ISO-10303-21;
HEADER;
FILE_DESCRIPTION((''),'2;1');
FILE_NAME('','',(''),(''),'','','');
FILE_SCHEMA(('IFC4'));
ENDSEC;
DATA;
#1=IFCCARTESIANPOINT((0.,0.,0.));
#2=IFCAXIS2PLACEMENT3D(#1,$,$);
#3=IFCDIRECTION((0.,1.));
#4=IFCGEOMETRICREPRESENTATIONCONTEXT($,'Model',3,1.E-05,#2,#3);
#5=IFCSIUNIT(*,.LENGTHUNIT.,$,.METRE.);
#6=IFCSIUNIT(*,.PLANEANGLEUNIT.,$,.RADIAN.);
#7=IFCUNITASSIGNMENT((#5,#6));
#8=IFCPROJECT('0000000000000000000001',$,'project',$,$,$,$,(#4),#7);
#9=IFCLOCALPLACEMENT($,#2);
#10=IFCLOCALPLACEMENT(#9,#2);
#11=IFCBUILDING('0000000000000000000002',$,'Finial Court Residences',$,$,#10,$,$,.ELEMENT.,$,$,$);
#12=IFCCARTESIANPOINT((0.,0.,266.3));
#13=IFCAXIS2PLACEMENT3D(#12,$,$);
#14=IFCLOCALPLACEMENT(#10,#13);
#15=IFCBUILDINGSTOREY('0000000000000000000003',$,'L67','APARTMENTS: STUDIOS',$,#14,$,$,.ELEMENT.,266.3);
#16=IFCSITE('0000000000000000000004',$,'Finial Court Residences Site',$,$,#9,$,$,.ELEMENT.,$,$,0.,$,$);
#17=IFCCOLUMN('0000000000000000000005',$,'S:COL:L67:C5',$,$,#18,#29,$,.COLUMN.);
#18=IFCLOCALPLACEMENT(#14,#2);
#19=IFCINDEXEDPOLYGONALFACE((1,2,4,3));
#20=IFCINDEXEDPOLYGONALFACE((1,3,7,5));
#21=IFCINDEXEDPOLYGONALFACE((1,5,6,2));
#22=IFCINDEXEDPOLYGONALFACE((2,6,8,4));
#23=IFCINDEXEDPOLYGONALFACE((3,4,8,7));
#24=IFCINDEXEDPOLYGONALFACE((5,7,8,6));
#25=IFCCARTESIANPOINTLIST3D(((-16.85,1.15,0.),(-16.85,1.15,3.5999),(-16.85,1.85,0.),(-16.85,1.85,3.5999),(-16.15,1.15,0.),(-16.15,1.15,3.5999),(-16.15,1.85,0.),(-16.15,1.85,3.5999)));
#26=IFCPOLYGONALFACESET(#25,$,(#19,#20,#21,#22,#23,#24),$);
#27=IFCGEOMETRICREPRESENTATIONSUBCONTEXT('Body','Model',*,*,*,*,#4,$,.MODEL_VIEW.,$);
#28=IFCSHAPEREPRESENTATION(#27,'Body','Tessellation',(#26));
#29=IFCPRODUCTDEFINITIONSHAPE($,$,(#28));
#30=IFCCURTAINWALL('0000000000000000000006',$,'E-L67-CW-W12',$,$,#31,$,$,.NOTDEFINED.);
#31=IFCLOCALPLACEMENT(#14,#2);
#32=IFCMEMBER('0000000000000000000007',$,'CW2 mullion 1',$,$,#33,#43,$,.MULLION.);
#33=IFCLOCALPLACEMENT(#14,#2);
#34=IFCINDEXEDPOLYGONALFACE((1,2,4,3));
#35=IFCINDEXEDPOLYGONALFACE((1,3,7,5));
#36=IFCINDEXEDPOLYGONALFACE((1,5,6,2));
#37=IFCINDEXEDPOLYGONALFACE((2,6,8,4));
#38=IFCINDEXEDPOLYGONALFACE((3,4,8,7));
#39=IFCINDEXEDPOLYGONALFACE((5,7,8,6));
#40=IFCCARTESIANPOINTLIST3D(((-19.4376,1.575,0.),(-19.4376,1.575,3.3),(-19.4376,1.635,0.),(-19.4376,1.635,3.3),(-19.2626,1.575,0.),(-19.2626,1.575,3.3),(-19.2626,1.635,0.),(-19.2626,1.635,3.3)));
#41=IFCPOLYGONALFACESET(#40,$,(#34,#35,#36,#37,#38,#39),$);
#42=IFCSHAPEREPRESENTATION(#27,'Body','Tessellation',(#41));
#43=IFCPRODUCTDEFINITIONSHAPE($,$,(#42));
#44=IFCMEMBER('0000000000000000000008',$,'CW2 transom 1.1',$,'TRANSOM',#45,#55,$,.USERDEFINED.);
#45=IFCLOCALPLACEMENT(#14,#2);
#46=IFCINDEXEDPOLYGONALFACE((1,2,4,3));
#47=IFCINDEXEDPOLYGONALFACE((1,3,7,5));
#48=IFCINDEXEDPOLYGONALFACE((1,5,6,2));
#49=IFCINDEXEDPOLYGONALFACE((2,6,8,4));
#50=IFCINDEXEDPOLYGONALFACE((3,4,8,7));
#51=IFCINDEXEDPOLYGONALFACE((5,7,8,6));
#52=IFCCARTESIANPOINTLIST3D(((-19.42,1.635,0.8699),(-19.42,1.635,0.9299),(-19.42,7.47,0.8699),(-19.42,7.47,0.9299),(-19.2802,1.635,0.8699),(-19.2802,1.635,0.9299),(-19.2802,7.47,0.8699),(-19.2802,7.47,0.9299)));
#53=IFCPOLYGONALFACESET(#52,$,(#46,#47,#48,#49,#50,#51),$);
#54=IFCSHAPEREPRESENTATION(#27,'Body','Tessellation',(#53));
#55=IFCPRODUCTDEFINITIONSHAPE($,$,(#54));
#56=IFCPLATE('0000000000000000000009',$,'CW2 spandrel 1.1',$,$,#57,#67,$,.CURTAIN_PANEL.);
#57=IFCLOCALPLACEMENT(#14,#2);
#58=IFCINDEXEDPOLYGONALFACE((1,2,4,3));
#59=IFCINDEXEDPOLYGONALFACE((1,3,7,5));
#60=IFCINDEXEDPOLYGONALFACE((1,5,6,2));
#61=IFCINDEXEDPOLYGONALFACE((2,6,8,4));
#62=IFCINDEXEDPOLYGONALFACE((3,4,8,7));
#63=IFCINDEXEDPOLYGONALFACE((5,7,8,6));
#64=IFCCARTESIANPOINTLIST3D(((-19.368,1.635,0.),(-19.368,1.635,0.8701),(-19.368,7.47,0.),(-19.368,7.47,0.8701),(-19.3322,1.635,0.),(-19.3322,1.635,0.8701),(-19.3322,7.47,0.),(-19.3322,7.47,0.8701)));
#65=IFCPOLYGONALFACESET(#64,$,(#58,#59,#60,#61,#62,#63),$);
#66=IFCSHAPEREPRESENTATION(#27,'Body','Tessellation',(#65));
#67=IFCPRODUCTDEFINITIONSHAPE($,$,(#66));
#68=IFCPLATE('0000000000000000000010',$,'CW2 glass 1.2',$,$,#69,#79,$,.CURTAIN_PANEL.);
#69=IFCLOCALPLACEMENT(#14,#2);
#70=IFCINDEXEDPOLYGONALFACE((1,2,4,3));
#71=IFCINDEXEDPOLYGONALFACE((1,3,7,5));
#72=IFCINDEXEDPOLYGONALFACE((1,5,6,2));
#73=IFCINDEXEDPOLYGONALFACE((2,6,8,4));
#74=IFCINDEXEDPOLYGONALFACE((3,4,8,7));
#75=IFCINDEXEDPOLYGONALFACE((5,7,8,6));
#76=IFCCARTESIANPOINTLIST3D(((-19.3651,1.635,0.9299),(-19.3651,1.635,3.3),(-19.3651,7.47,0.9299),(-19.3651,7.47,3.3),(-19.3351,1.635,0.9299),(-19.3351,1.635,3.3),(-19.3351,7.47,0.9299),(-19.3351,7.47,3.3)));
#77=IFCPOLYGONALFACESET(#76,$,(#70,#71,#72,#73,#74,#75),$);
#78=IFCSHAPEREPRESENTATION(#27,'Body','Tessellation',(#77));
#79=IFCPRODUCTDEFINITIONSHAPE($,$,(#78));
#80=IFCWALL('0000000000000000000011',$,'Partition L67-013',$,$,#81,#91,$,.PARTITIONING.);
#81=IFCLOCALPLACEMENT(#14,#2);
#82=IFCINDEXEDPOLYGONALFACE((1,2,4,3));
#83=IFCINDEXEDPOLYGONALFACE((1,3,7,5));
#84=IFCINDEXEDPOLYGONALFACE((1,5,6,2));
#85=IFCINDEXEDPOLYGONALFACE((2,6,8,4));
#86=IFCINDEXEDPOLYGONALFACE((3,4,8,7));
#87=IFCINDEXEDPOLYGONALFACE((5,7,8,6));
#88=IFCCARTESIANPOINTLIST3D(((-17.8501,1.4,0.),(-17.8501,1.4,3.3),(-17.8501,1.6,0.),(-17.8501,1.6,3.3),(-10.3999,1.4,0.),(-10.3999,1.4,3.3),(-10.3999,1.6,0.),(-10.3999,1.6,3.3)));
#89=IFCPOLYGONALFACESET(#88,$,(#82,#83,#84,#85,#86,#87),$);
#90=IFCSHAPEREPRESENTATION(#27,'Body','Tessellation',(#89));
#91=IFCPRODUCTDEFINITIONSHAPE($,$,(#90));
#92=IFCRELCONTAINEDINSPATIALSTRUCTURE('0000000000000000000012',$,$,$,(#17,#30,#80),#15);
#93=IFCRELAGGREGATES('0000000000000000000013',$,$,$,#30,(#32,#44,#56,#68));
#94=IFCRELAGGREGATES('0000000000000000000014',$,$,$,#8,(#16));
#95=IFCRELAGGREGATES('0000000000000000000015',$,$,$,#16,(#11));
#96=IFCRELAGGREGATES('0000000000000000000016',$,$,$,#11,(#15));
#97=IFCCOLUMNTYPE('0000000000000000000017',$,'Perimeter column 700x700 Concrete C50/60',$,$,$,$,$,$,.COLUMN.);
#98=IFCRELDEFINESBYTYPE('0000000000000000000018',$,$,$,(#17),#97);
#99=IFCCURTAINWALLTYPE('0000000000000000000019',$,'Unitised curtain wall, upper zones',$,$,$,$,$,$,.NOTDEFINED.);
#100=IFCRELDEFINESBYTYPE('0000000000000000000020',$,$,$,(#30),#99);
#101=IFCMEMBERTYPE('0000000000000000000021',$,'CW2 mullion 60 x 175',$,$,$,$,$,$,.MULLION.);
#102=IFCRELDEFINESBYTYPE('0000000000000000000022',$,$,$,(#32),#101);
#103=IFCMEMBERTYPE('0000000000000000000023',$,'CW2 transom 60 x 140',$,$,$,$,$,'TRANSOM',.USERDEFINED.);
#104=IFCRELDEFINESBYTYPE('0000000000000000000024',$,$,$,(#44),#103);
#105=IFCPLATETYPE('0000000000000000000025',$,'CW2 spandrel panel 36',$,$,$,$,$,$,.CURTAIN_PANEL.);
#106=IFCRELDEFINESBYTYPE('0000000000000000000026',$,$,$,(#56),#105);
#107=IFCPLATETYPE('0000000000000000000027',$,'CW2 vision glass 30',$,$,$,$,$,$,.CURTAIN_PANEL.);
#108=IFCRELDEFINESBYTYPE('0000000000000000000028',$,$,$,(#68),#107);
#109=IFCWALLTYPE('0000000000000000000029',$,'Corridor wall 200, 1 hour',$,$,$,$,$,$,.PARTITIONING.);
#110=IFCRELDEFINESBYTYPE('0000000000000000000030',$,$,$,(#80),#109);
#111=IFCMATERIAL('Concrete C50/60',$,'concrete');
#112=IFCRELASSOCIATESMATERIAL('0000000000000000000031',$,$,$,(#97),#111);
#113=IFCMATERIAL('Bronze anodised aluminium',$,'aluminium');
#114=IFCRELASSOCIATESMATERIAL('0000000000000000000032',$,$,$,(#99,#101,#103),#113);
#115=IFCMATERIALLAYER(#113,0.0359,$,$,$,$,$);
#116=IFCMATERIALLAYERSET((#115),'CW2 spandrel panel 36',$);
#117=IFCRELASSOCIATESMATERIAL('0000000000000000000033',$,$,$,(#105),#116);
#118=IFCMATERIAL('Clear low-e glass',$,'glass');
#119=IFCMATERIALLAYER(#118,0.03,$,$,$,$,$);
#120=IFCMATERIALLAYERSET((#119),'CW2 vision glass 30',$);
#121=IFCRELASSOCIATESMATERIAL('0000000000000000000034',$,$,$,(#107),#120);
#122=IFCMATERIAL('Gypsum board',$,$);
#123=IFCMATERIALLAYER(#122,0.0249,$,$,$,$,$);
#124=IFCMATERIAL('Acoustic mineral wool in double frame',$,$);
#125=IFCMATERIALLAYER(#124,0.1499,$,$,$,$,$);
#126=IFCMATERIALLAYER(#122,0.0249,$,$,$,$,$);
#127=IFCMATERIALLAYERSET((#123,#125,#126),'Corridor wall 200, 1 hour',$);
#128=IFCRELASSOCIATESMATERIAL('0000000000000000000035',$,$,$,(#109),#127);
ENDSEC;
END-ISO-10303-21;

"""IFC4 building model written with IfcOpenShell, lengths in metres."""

from ifc_helpers import new_model, si_unit, direction, frame, frame_2d, origin, origin_2d, place, context, subcontext, project, spatial, rectangle, extrude, material, layer, layer_set, material_profile, profile_set, type_object, element, aggregate, save


model = new_model("IFC4")

# Units and contexts
model_context = context("Model", 3, precision=1e-05, world=origin(), true_north=direction((0.0, 1.0)))
body_context = subcontext(model_context, "Body", "Model", "MODEL_VIEW")
ifc_project = project(units=[si_unit("LENGTHUNIT", "METRE"), si_unit("PLANEANGLEUNIT", "RADIAN")], contexts=[model_context])

# Site, building, storey
site_placement = place(None, origin())
site = spatial("IfcSite", under=ifc_project, at=site_placement, Name="Finial Court Residences Site", CompositionType="ELEMENT", RefElevation=0.0)
building_placement = place(site_placement, origin())
building = spatial("IfcBuilding", under=site, at=building_placement, Name="Finial Court Residences", CompositionType="ELEMENT")
storey_placement = place(building_placement, frame((0.0, 0.0, 266.3)))
storey = spatial("IfcBuildingStorey", under=building, at=storey_placement, Name="L67", Description="APARTMENTS: STUDIOS", CompositionType="ELEMENT", Elevation=266.3)

# Column
ifc_material_1 = material(Name="Concrete C50/60", Category="concrete")
ifc_material_profile_1 = material_profile(ifc_material_1, rectangle(XDim=0.7, YDim=0.7, at=origin_2d()), Name="700x700")
ifc_profile_set_1 = profile_set([ifc_material_profile_1], Name="Concrete C50/60")
column_type = type_object("IfcColumnType", Name="Perimeter column 700x700 Concrete C50/60", PredefinedType="COLUMN", material=ifc_profile_set_1)
column_placement = place(storey_placement, frame((-16.5, 1.5, 0.0), z_axis=(0.0, 0.0, 1.0), x_axis=(1.0, 0.0, 0.0)))
element("IfcColumn", 1, at=column_placement, inside=storey, type_object=column_type, Name="S:COL:L67:C5", PredefinedType="COLUMN", context=body_context, shape_type="SweptSolid", body=[
    extrude(rectangle(XDim=0.7, YDim=0.7, at=origin_2d()), origin(), (0.0, 0.0, 1.0), 3.5999),
])

# Curtain wall, members, plates
ifc_material_2 = material(Name="Bronze anodised aluminium", Category="aluminium")
curtain_wall_type = type_object("IfcCurtainWallType", Name="Unitised curtain wall, upper zones", PredefinedType="NOTDEFINED", material=ifc_material_2)
curtain_wall_placement = place(storey_placement, origin())
curtain_wall = element("IfcCurtainWall", 2, at=curtain_wall_placement, inside=storey, type_object=curtain_wall_type, Name="E-L67-CW-W12", PredefinedType="NOTDEFINED")
ifc_material_profile_2 = material_profile(ifc_material_2, rectangle(XDim=0.175, YDim=0.0601, at=origin_2d()), Name="CW2 mullion 60 x 175")
ifc_profile_set_2 = profile_set([ifc_material_profile_2], Name="Bronze anodised aluminium")
member_type_1 = type_object("IfcMemberType", Name="CW2 mullion 60 x 175", PredefinedType="MULLION", material=ifc_profile_set_2)
member_1_placement = place(storey_placement, frame((-19.3501, 1.605, 0.0), z_axis=(0.0, 0.0, 1.0), x_axis=(-1.0, 0.0, 0.0)))
member_1 = element("IfcMember", 3, at=member_1_placement, type_object=member_type_1, Name="CW2 mullion 1", PredefinedType="MULLION", context=body_context, shape_type="SweptSolid", body=[
    extrude(rectangle(XDim=0.175, YDim=0.0601, at=origin_2d()), origin(), (0.0, 0.0, 1.0), 3.3),
])
ifc_material_profile_3 = material_profile(ifc_material_2, rectangle(XDim=0.1399, YDim=0.0601, at=origin_2d()), Name="CW2 transom 60 x 140")
ifc_profile_set_3 = profile_set([ifc_material_profile_3], Name="Bronze anodised aluminium")
member_type_2 = type_object("IfcMemberType", Name="CW2 transom 60 x 140", ElementType="TRANSOM", PredefinedType="USERDEFINED", material=ifc_profile_set_3)
member_2_placement = place(storey_placement, frame((-19.3501, 1.635, 0.8999), z_axis=(0.0, 1.0, 0.0), x_axis=(-1.0, 0.0, 0.0)))
member_2 = element("IfcMember", 4, at=member_2_placement, type_object=member_type_2, Name="CW2 transom 1.1", ObjectType="TRANSOM", PredefinedType="USERDEFINED", context=body_context, shape_type="SweptSolid", body=[
    extrude(rectangle(XDim=0.1399, YDim=0.0601, at=origin_2d()), origin(), (0.0, 0.0, 1.0), 5.835),
])
ifc_layer_1 = layer(ifc_material_2, 0.0359)
ifc_layer_set_1 = layer_set([ifc_layer_1], Name="CW2 spandrel panel 36")
plate_type_1 = type_object("IfcPlateType", Name="CW2 spandrel panel 36", PredefinedType="CURTAIN_PANEL", material=ifc_layer_set_1)
plate_1_placement = place(storey_placement, frame((-19.3501, 4.5525, 0.0), z_axis=(0.0, 0.0, 1.0), x_axis=(0.0, 1.0, 0.0)))
plate_1 = element("IfcPlate", 5, at=plate_1_placement, type_object=plate_type_1, Name="CW2 spandrel 1.1", PredefinedType="CURTAIN_PANEL", context=body_context, shape_type="SweptSolid", body=[
    extrude(rectangle(XDim=5.835, YDim=0.0359, at=origin_2d()), origin(), (0.0, 0.0, 1.0), 0.8701),
])
ifc_material_3 = material(Name="Clear low-e glass", Category="glass")
ifc_layer_2 = layer(ifc_material_3, 0.03)
ifc_layer_set_2 = layer_set([ifc_layer_2], Name="CW2 vision glass 30")
plate_type_2 = type_object("IfcPlateType", Name="CW2 vision glass 30", PredefinedType="CURTAIN_PANEL", material=ifc_layer_set_2)
plate_2_placement = place(storey_placement, frame((-19.3501, 4.5525, 0.9299), z_axis=(0.0, 0.0, 1.0), x_axis=(0.0, 1.0, 0.0)))
plate_2 = element("IfcPlate", 6, at=plate_2_placement, type_object=plate_type_2, Name="CW2 glass 1.2", PredefinedType="CURTAIN_PANEL", context=body_context, shape_type="SweptSolid", body=[
    extrude(rectangle(XDim=5.835, YDim=0.03, at=origin_2d()), origin(), (0.0, 0.0, 1.0), 2.3701),
])
aggregate(curtain_wall, [member_1, member_2, plate_1, plate_2])

# Wall
ifc_material_4 = material(Name="Gypsum board")
ifc_layer_3 = layer(ifc_material_4, 0.0249)
ifc_material_5 = material(Name="Acoustic mineral wool in double frame")
ifc_layer_4 = layer(ifc_material_5, 0.1499)
ifc_layer_5 = layer(ifc_material_4, 0.0249)
ifc_layer_set_3 = layer_set([ifc_layer_3, ifc_layer_4, ifc_layer_5], Name="Corridor wall 200, 1 hour")
wall_type_1 = type_object("IfcWallType", Name="Corridor wall 200, 1 hour", PredefinedType="PARTITIONING", material=ifc_layer_set_3)
wall_1_placement = place(storey_placement, frame((-17.8501, 1.5, 0.0), z_axis=(0.0, 0.0, 1.0), x_axis=(1.0, 0.0, 0.0)))
element("IfcWall", 7, at=wall_1_placement, inside=storey, type_object=wall_type_1, Name="Partition L67-013", PredefinedType="PARTITIONING", context=body_context, shape_type="SweptSolid", body=[
    extrude(rectangle(XDim=7.4502, YDim=0.2, at=frame_2d((3.7251, 0.0))), origin(), (0.0, 0.0, 1.0), 3.3),
])

save(model, "model.ifc")
